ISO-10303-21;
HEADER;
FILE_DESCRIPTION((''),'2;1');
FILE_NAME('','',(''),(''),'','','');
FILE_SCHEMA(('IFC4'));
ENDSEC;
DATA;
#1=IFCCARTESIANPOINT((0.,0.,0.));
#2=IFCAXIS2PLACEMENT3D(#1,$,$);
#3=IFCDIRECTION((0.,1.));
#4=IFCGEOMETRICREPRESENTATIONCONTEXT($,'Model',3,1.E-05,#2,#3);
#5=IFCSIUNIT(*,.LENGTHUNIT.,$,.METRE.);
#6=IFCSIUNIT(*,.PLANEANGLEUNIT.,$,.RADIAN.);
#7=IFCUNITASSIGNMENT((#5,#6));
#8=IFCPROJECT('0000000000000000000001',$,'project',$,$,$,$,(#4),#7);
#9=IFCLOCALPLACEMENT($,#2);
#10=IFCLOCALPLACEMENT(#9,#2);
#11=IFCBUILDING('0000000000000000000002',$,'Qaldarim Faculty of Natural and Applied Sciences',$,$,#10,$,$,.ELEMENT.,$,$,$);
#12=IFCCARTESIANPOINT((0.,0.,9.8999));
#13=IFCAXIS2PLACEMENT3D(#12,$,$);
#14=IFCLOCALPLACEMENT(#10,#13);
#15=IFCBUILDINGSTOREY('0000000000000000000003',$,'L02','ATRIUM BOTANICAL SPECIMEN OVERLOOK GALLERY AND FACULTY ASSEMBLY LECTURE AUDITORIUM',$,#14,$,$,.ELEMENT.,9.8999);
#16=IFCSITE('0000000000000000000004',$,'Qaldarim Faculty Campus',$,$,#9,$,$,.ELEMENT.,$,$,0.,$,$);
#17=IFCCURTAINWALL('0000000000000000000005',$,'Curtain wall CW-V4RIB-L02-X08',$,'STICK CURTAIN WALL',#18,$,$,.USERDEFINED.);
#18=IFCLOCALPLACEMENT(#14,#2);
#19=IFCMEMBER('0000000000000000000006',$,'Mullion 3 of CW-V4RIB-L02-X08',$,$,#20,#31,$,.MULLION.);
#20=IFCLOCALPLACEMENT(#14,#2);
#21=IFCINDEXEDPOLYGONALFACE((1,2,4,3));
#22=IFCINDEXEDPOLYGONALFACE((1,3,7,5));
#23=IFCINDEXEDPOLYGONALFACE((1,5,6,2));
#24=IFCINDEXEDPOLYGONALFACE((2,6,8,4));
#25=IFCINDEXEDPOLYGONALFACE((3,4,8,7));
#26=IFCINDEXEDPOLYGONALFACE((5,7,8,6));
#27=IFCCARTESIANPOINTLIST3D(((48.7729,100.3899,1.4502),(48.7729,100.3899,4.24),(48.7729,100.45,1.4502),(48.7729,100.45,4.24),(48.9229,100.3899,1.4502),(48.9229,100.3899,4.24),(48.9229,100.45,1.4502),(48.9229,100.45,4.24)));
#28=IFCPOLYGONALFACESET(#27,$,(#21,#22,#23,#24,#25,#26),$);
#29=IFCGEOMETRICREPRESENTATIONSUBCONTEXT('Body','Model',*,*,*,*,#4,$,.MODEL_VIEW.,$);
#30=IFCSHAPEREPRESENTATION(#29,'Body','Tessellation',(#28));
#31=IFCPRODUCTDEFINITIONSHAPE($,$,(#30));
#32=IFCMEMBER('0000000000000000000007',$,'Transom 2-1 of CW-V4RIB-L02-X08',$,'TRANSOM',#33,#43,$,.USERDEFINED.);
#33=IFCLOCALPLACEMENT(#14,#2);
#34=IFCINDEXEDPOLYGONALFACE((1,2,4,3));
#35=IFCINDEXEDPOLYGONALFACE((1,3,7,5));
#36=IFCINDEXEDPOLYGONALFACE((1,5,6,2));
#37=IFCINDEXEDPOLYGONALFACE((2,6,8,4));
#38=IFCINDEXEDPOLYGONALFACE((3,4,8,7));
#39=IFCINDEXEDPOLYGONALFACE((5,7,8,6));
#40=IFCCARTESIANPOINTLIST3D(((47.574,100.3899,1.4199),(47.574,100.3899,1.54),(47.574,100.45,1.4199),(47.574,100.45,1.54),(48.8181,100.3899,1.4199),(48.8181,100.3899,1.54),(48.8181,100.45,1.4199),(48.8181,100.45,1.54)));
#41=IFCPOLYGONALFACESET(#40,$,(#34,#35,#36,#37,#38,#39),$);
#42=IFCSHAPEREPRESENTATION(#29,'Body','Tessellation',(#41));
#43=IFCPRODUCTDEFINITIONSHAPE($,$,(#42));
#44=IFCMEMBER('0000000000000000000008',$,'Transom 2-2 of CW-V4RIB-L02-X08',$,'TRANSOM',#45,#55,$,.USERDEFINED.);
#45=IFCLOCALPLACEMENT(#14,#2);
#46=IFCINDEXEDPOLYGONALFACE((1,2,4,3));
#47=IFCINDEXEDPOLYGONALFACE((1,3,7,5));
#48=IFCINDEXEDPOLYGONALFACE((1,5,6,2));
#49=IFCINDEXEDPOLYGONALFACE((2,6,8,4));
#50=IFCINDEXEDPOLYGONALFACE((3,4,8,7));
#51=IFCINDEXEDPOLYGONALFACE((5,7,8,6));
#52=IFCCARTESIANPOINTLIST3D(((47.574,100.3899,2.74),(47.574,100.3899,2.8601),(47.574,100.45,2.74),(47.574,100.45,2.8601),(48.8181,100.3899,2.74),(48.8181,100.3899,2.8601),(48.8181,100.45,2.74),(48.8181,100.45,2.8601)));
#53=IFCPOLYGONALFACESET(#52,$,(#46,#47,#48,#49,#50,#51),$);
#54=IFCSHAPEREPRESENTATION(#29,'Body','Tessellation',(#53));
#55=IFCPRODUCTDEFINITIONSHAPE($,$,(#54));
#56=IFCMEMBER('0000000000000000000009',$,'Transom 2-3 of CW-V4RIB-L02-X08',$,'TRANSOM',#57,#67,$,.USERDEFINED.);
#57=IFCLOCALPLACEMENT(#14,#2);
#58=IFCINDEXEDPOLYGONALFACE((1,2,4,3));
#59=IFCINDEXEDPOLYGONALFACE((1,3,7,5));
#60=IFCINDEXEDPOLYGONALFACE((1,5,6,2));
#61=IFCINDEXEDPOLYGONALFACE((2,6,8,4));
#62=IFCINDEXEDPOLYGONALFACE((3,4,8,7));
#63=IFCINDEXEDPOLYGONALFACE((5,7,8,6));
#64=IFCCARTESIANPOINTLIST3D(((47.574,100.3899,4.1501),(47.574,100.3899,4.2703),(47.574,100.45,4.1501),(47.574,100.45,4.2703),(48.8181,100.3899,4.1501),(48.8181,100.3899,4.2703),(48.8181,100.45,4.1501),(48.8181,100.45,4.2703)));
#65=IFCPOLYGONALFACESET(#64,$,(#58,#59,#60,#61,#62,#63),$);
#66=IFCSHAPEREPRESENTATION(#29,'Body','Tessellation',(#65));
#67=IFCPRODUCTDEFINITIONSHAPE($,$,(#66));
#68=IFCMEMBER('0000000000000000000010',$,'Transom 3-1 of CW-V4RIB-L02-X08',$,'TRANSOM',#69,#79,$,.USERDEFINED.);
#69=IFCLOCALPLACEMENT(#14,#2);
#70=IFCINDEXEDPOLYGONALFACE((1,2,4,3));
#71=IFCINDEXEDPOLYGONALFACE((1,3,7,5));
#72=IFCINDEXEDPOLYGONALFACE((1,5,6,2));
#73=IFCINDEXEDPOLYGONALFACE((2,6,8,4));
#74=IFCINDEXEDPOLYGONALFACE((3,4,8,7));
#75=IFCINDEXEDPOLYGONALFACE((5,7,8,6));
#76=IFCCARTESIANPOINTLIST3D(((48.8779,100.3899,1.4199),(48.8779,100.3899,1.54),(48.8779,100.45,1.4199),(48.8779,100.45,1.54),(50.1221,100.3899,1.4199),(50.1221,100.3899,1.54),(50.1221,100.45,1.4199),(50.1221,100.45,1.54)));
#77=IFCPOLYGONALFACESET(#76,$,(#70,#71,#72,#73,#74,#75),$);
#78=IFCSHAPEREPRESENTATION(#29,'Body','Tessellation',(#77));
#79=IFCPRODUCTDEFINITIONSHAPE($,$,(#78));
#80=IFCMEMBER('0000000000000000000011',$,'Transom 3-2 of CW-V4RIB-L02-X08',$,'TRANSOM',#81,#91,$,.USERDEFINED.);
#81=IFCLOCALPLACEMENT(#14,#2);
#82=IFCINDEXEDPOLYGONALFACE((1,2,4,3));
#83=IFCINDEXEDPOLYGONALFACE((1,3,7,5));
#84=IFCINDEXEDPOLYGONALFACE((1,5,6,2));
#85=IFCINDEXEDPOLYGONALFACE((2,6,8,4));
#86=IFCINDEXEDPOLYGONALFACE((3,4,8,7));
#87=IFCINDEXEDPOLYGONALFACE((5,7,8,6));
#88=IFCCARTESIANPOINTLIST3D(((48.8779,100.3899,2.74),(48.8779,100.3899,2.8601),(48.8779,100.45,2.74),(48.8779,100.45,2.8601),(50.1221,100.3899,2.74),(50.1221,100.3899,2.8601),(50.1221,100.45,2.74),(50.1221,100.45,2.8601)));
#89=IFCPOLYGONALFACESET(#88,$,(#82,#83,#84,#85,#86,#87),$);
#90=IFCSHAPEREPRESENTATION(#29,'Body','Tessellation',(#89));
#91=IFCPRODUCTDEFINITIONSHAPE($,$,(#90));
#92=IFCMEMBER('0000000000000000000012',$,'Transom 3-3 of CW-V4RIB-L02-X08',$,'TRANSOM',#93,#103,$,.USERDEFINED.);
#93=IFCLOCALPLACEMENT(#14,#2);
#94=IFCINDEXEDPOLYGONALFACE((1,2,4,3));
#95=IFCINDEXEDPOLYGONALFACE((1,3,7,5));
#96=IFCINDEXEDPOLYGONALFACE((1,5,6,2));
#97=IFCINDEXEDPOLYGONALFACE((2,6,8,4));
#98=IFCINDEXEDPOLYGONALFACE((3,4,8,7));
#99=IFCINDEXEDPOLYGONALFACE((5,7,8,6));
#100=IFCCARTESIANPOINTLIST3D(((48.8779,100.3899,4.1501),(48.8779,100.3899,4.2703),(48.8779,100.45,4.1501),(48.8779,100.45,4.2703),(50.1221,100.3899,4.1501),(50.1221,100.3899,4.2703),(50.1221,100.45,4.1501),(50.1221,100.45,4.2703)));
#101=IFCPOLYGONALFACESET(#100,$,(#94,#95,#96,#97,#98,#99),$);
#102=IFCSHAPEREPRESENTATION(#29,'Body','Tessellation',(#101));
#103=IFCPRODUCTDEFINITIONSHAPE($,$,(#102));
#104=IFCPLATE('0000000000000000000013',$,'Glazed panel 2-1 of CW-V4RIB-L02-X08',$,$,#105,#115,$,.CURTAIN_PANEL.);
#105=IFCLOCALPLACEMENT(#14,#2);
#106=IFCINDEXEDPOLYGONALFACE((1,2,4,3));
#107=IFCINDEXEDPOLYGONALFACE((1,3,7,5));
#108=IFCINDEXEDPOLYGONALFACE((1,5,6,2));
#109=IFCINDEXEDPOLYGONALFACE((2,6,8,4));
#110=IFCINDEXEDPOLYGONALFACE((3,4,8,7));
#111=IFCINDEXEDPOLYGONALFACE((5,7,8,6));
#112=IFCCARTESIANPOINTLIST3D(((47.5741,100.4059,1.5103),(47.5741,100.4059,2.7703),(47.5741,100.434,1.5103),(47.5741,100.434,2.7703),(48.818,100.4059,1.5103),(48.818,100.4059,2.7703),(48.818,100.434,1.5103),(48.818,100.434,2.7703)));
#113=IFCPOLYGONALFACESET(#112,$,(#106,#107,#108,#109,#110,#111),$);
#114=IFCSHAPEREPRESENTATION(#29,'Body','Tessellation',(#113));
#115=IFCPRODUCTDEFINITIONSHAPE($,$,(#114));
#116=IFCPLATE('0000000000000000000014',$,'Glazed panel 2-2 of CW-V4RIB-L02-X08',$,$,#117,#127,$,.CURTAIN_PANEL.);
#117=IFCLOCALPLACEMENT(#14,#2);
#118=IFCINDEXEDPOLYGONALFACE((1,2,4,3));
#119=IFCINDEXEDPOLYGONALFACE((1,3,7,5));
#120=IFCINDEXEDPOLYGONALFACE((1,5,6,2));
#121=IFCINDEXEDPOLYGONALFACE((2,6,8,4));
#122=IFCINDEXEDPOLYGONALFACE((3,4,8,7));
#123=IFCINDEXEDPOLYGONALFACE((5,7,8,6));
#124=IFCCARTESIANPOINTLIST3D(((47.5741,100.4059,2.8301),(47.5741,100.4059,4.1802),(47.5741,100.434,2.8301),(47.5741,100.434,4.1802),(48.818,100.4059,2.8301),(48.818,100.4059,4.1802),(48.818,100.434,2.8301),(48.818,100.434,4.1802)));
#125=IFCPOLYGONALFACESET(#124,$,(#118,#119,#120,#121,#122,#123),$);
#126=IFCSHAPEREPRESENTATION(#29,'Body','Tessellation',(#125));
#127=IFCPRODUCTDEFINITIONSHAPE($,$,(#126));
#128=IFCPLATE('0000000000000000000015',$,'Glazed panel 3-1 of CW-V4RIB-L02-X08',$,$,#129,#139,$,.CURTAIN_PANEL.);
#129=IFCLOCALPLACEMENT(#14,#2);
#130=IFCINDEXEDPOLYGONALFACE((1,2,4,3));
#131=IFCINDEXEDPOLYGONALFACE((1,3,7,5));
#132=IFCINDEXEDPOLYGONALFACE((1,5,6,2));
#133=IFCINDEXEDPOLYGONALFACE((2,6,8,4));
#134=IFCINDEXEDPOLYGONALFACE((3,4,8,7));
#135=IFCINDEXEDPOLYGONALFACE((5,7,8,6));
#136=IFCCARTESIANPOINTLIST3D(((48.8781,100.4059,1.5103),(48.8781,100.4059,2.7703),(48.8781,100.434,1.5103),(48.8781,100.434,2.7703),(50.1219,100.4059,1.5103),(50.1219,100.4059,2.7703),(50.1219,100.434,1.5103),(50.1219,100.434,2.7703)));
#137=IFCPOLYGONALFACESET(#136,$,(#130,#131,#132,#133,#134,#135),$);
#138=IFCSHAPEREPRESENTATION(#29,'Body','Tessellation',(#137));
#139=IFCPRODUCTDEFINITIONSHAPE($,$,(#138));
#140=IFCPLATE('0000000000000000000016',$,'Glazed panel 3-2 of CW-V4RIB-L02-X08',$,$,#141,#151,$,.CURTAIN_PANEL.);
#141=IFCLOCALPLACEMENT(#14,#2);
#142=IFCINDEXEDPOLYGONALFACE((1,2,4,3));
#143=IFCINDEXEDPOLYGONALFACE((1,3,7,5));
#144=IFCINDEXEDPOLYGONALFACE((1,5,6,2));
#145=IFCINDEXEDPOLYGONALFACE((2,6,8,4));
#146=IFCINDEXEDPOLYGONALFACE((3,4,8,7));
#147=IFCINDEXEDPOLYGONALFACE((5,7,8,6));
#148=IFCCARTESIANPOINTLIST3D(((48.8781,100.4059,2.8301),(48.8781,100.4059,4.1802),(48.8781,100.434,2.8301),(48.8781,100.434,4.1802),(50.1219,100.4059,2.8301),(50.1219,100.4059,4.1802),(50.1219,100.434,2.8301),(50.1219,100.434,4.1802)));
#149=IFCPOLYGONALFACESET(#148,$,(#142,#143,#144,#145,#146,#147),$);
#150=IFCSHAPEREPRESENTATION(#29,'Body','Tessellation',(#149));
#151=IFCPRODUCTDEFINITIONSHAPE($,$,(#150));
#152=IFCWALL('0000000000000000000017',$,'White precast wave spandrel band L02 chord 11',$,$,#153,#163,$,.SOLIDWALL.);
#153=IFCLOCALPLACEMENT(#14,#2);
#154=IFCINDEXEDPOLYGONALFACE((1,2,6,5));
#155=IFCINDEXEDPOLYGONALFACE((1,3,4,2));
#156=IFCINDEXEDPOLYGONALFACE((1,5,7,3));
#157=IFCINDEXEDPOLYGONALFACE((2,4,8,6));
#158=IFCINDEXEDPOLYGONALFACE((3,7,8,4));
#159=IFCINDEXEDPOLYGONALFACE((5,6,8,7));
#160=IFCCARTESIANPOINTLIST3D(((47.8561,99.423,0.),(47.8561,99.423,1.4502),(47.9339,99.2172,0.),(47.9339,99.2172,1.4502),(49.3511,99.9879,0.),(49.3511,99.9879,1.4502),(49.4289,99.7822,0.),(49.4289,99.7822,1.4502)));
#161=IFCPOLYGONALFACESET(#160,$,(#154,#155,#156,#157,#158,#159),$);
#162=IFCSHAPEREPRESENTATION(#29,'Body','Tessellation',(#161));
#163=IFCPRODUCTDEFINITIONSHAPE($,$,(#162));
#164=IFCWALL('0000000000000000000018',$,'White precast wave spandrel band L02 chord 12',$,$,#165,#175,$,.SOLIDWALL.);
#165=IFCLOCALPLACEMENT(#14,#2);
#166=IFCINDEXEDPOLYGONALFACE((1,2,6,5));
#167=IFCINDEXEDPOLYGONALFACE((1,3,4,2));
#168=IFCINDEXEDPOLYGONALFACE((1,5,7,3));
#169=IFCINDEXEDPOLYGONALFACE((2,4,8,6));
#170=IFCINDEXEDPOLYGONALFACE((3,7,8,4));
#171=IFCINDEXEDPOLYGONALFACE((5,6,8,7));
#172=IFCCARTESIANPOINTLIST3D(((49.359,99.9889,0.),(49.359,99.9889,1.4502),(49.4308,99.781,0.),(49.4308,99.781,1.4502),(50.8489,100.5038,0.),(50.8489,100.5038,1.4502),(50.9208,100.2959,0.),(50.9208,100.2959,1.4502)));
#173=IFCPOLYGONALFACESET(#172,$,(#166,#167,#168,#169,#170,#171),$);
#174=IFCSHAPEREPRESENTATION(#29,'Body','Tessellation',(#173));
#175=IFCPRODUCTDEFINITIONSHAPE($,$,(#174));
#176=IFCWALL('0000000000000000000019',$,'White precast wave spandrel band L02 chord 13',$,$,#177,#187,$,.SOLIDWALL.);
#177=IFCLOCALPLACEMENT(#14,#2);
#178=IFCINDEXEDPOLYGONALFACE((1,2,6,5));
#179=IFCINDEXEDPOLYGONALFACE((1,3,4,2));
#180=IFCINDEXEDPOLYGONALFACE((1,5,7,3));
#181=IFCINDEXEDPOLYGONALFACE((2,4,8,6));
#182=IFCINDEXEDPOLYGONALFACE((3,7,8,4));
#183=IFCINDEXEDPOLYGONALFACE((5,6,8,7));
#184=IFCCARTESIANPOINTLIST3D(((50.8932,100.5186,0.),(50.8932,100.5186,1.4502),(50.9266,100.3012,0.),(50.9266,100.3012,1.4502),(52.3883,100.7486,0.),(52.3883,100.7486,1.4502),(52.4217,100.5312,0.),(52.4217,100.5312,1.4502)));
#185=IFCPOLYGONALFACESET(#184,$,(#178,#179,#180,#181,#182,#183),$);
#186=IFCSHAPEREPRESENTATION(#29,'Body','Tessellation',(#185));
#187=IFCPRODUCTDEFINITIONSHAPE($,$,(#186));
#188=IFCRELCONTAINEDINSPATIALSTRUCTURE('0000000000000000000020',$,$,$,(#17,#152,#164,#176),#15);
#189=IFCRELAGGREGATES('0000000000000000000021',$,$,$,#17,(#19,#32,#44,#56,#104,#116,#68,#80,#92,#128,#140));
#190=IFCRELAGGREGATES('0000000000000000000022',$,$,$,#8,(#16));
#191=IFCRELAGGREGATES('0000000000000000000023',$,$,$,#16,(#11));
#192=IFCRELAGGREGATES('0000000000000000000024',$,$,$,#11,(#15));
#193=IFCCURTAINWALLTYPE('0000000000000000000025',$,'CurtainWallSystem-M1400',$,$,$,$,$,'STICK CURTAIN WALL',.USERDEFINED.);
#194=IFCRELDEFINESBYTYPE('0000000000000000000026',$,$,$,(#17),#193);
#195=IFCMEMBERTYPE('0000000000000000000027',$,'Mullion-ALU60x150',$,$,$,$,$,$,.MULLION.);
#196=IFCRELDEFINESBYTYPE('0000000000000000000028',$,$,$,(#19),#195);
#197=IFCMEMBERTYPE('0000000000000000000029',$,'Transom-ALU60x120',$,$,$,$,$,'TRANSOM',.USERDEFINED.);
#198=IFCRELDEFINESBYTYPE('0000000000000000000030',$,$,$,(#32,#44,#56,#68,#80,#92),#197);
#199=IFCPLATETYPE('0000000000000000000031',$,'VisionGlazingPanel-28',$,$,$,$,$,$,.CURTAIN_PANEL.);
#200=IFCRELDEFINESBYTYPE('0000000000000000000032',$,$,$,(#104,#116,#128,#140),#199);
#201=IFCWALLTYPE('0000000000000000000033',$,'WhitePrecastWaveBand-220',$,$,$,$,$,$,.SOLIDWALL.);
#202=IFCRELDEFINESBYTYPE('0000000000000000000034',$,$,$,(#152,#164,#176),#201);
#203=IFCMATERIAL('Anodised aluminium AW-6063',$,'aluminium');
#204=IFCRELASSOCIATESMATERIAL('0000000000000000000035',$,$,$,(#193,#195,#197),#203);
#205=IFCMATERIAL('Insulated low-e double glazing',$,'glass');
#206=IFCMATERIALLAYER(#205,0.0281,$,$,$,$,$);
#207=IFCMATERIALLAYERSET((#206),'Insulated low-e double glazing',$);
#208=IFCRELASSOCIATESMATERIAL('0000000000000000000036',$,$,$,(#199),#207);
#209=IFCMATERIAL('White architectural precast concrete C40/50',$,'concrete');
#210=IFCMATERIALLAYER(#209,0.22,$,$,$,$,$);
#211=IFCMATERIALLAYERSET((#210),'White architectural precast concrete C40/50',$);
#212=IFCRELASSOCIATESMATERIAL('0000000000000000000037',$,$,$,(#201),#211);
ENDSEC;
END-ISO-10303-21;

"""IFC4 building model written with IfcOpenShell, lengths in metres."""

from ifc_helpers import new_model, si_unit, direction, frame, frame_2d, origin, origin_2d, place, context, subcontext, project, spatial, rectangle, extrude, material, layer, layer_set, material_profile, profile_set, type_object, element, aggregate, save


model = new_model("IFC4")

# Units and contexts
model_context = context("Model", 3, precision=1e-05, world=origin(), true_north=direction((0.0, 1.0)))
body_context = subcontext(model_context, "Body", "Model", "MODEL_VIEW")
ifc_project = project(units=[si_unit("LENGTHUNIT", "METRE"), si_unit("PLANEANGLEUNIT", "RADIAN")], contexts=[model_context])

# Site, building, storey
site_placement = place(None, origin())
site = spatial("IfcSite", under=ifc_project, at=site_placement, Name="Qaldarim Faculty Campus", CompositionType="ELEMENT", RefElevation=0.0)
building_placement = place(site_placement, origin())
building = spatial("IfcBuilding", under=site, at=building_placement, Name="Qaldarim Faculty of Natural and Applied Sciences", CompositionType="ELEMENT")
storey_placement = place(building_placement, frame((0.0, 0.0, 9.8999)))
storey = spatial("IfcBuildingStorey", under=building, at=storey_placement, Name="L02", Description="ATRIUM BOTANICAL SPECIMEN OVERLOOK GALLERY AND FACULTY ASSEMBLY LECTURE AUDITORIUM", CompositionType="ELEMENT", Elevation=9.8999)

# Curtain wall, members, plates
ifc_material_1 = material(Name="Anodised aluminium AW-6063", Category="aluminium")
curtain_wall_type = type_object("IfcCurtainWallType", Name="CurtainWallSystem-M1400", ElementType="STICK CURTAIN WALL", PredefinedType="USERDEFINED", material=ifc_material_1)
curtain_wall_placement = place(storey_placement, origin())
curtain_wall = element("IfcCurtainWall", 1, at=curtain_wall_placement, inside=storey, type_object=curtain_wall_type, Name="Curtain wall CW-V4RIB-L02-X08", ObjectType="STICK CURTAIN WALL", PredefinedType="USERDEFINED")
ifc_material_profile_1 = material_profile(ifc_material_1, rectangle(XDim=0.0601, YDim=0.1499, at=origin_2d()), Name="ALU-M60x150")
ifc_profile_set_1 = profile_set([ifc_material_profile_1], Name="Anodised aluminium AW-6063")
member_type_1 = type_object("IfcMemberType", Name="Mullion-ALU60x150", PredefinedType="MULLION", material=ifc_profile_set_1)
member_1_placement = place(storey_placement, frame((48.8479, 100.4199, 1.4502), z_axis=(0.0, 0.0, 1.0), x_axis=(0.0, 1.0, 0.0)))
member_1 = element("IfcMember", 2, at=member_1_placement, type_object=member_type_1, Name="Mullion 3 of CW-V4RIB-L02-X08", PredefinedType="MULLION", context=body_context, shape_type="SweptSolid", body=[
    extrude(rectangle(XDim=0.0601, YDim=0.1499, at=origin_2d()), origin(), (0.0, 0.0, 1.0), 2.7898),
])
ifc_material_profile_2 = material_profile(ifc_material_1, rectangle(XDim=0.0601, YDim=0.1201, at=origin_2d()), Name="ALU-T60x120")
ifc_profile_set_2 = profile_set([ifc_material_profile_2], Name="Anodised aluminium AW-6063")
member_type_2 = type_object("IfcMemberType", Name="Transom-ALU60x120", ElementType="TRANSOM", PredefinedType="USERDEFINED", material=ifc_profile_set_2)
member_2_placement = place(storey_placement, frame((47.574, 100.4199, 1.48), z_axis=(1.0, 0.0, 0.0), x_axis=(0.0, 1.0, 0.0)))
member_2 = element("IfcMember", 3, at=member_2_placement, type_object=member_type_2, Name="Transom 2-1 of CW-V4RIB-L02-X08", ObjectType="TRANSOM", PredefinedType="USERDEFINED", context=body_context, shape_type="SweptSolid", body=[
    extrude(rectangle(XDim=0.0601, YDim=0.1201, at=origin_2d()), origin(), (0.0, 0.0, 1.0), 1.2441),
])
member_3_placement = place(storey_placement, frame((47.574, 100.4199, 2.8), z_axis=(1.0, 0.0, 0.0), x_axis=(0.0, 1.0, 0.0)))
member_3 = element("IfcMember", 4, at=member_3_placement, type_object=member_type_2, Name="Transom 2-2 of CW-V4RIB-L02-X08", ObjectType="TRANSOM", PredefinedType="USERDEFINED", context=body_context, shape_type="SweptSolid", body=[
    extrude(rectangle(XDim=0.0601, YDim=0.1201, at=origin_2d()), origin(), (0.0, 0.0, 1.0), 1.2441),
])
member_4_placement = place(storey_placement, frame((47.574, 100.4199, 4.2102), z_axis=(1.0, 0.0, 0.0), x_axis=(0.0, 1.0, 0.0)))
member_4 = element("IfcMember", 5, at=member_4_placement, type_object=member_type_2, Name="Transom 2-3 of CW-V4RIB-L02-X08", ObjectType="TRANSOM", PredefinedType="USERDEFINED", context=body_context, shape_type="SweptSolid", body=[
    extrude(rectangle(XDim=0.0601, YDim=0.1201, at=origin_2d()), origin(), (0.0, 0.0, 1.0), 1.2441),
])
member_5_placement = place(storey_placement, frame((48.8779, 100.4199, 1.48), z_axis=(1.0, 0.0, 0.0), x_axis=(0.0, 1.0, 0.0)))
member_5 = element("IfcMember", 6, at=member_5_placement, type_object=member_type_2, Name="Transom 3-1 of CW-V4RIB-L02-X08", ObjectType="TRANSOM", PredefinedType="USERDEFINED", context=body_context, shape_type="SweptSolid", body=[
    extrude(rectangle(XDim=0.0601, YDim=0.1201, at=origin_2d()), origin(), (0.0, 0.0, 1.0), 1.2441),
])
member_6_placement = place(storey_placement, frame((48.8779, 100.4199, 2.8), z_axis=(1.0, 0.0, 0.0), x_axis=(0.0, 1.0, 0.0)))
member_6 = element("IfcMember", 7, at=member_6_placement, type_object=member_type_2, Name="Transom 3-2 of CW-V4RIB-L02-X08", ObjectType="TRANSOM", PredefinedType="USERDEFINED", context=body_context, shape_type="SweptSolid", body=[
    extrude(rectangle(XDim=0.0601, YDim=0.1201, at=origin_2d()), origin(), (0.0, 0.0, 1.0), 1.2441),
])
member_7_placement = place(storey_placement, frame((48.8779, 100.4199, 4.2102), z_axis=(1.0, 0.0, 0.0), x_axis=(0.0, 1.0, 0.0)))
member_7 = element("IfcMember", 8, at=member_7_placement, type_object=member_type_2, Name="Transom 3-3 of CW-V4RIB-L02-X08", ObjectType="TRANSOM", PredefinedType="USERDEFINED", context=body_context, shape_type="SweptSolid", body=[
    extrude(rectangle(XDim=0.0601, YDim=0.1201, at=origin_2d()), origin(), (0.0, 0.0, 1.0), 1.2441),
])
ifc_material_2 = material(Name="Insulated low-e double glazing", Category="glass")
ifc_layer_1 = layer(ifc_material_2, 0.0281)
ifc_layer_set_1 = layer_set([ifc_layer_1], Name="Insulated low-e double glazing")
plate_type = type_object("IfcPlateType", Name="VisionGlazingPanel-28", PredefinedType="CURTAIN_PANEL", material=ifc_layer_set_1)
plate_1_placement = place(storey_placement, frame((48.196, 100.4199, 1.5103), z_axis=(0.0, 0.0, 1.0), x_axis=(1.0, 0.0, 0.0)))
plate_1 = element("IfcPlate", 9, at=plate_1_placement, type_object=plate_type, Name="Glazed panel 2-1 of CW-V4RIB-L02-X08", PredefinedType="CURTAIN_PANEL", context=body_context, shape_type="SweptSolid", body=[
    extrude(rectangle(XDim=1.2439, YDim=0.0281, at=origin_2d()), origin(), (0.0, 0.0, 1.0), 1.26),
])
plate_2_placement = place(storey_placement, frame((48.196, 100.4199, 2.8301), z_axis=(0.0, 0.0, 1.0), x_axis=(1.0, 0.0, 0.0)))
plate_2 = element("IfcPlate", 10, at=plate_2_placement, type_object=plate_type, Name="Glazed panel 2-2 of CW-V4RIB-L02-X08", PredefinedType="CURTAIN_PANEL", context=body_context, shape_type="SweptSolid", body=[
    extrude(rectangle(XDim=1.2439, YDim=0.0281, at=origin_2d()), origin(), (0.0, 0.0, 1.0), 1.3501),
])
plate_3_placement = place(storey_placement, frame((49.5, 100.4199, 1.5103), z_axis=(0.0, 0.0, 1.0), x_axis=(1.0, 0.0, 0.0)))
plate_3 = element("IfcPlate", 11, at=plate_3_placement, type_object=plate_type, Name="Glazed panel 3-1 of CW-V4RIB-L02-X08", PredefinedType="CURTAIN_PANEL", context=body_context, shape_type="SweptSolid", body=[
    extrude(rectangle(XDim=1.2439, YDim=0.0281, at=origin_2d()), origin(), (0.0, 0.0, 1.0), 1.26),
])
plate_4_placement = place(storey_placement, frame((49.5, 100.4199, 2.8301), z_axis=(0.0, 0.0, 1.0), x_axis=(1.0, 0.0, 0.0)))
plate_4 = element("IfcPlate", 12, at=plate_4_placement, type_object=plate_type, Name="Glazed panel 3-2 of CW-V4RIB-L02-X08", PredefinedType="CURTAIN_PANEL", context=body_context, shape_type="SweptSolid", body=[
    extrude(rectangle(XDim=1.2439, YDim=0.0281, at=origin_2d()), origin(), (0.0, 0.0, 1.0), 1.3501),
])
aggregate(curtain_wall, [member_1, member_2, member_3, member_4, plate_1, plate_2, member_5, member_6, member_7, plate_3, plate_4])

# Walls
ifc_material_3 = material(Name="White architectural precast concrete C40/50", Category="concrete")
ifc_layer_2 = layer(ifc_material_3, 0.22)
ifc_layer_set_2 = layer_set([ifc_layer_2], Name="White architectural precast concrete C40/50")
wall_type = type_object("IfcWallType", Name="WhitePrecastWaveBand-220", PredefinedType="SOLIDWALL", material=ifc_layer_set_2)
wall_1_placement = place(storey_placement, frame((47.895, 99.3201, 0.0), z_axis=(0.0, 0.0, 1.0), x_axis=(0.935428, 0.353516, 0.0)))
element("IfcWall", 13, at=wall_1_placement, inside=storey, type_object=wall_type, Name="White precast wave spandrel band L02 chord 11", PredefinedType="SOLIDWALL", context=body_context, shape_type="SweptSolid", body=[
    extrude(rectangle(XDim=1.5981, YDim=0.22, at=frame_2d((0.7991, 0.0))), origin(), (0.0, 0.0, 1.0), 1.4502),
])
wall_2_placement = place(storey_placement, frame((49.395, 99.885, 0.0), z_axis=(0.0, 0.0, 1.0), x_axis=(0.945157, 0.326616, 0.0)))
element("IfcWall", 14, at=wall_2_placement, inside=storey, type_object=wall_type, Name="White precast wave spandrel band L02 chord 12", PredefinedType="SOLIDWALL", context=body_context, shape_type="SweptSolid", body=[
    extrude(rectangle(XDim=1.5764, YDim=0.22, at=frame_2d((0.7881, 0.0))), origin(), (0.0, 0.0, 1.0), 1.4502),
])
wall_3_placement = place(storey_placement, frame((50.9099, 100.4099, 0.0), z_axis=(0.0, 0.0, 1.0), x_axis=(0.988375, 0.152033, 0.0)))
element("IfcWall", 15, at=wall_3_placement, inside=storey, type_object=wall_type, Name="White precast wave spandrel band L02 chord 13", PredefinedType="SOLIDWALL", context=body_context, shape_type="SweptSolid", body=[
    extrude(rectangle(XDim=1.5127, YDim=0.22, at=frame_2d((0.7563, 0.0))), origin(), (0.0, 0.0, 1.0), 1.4502),
])

save(model, "model.ifc")
